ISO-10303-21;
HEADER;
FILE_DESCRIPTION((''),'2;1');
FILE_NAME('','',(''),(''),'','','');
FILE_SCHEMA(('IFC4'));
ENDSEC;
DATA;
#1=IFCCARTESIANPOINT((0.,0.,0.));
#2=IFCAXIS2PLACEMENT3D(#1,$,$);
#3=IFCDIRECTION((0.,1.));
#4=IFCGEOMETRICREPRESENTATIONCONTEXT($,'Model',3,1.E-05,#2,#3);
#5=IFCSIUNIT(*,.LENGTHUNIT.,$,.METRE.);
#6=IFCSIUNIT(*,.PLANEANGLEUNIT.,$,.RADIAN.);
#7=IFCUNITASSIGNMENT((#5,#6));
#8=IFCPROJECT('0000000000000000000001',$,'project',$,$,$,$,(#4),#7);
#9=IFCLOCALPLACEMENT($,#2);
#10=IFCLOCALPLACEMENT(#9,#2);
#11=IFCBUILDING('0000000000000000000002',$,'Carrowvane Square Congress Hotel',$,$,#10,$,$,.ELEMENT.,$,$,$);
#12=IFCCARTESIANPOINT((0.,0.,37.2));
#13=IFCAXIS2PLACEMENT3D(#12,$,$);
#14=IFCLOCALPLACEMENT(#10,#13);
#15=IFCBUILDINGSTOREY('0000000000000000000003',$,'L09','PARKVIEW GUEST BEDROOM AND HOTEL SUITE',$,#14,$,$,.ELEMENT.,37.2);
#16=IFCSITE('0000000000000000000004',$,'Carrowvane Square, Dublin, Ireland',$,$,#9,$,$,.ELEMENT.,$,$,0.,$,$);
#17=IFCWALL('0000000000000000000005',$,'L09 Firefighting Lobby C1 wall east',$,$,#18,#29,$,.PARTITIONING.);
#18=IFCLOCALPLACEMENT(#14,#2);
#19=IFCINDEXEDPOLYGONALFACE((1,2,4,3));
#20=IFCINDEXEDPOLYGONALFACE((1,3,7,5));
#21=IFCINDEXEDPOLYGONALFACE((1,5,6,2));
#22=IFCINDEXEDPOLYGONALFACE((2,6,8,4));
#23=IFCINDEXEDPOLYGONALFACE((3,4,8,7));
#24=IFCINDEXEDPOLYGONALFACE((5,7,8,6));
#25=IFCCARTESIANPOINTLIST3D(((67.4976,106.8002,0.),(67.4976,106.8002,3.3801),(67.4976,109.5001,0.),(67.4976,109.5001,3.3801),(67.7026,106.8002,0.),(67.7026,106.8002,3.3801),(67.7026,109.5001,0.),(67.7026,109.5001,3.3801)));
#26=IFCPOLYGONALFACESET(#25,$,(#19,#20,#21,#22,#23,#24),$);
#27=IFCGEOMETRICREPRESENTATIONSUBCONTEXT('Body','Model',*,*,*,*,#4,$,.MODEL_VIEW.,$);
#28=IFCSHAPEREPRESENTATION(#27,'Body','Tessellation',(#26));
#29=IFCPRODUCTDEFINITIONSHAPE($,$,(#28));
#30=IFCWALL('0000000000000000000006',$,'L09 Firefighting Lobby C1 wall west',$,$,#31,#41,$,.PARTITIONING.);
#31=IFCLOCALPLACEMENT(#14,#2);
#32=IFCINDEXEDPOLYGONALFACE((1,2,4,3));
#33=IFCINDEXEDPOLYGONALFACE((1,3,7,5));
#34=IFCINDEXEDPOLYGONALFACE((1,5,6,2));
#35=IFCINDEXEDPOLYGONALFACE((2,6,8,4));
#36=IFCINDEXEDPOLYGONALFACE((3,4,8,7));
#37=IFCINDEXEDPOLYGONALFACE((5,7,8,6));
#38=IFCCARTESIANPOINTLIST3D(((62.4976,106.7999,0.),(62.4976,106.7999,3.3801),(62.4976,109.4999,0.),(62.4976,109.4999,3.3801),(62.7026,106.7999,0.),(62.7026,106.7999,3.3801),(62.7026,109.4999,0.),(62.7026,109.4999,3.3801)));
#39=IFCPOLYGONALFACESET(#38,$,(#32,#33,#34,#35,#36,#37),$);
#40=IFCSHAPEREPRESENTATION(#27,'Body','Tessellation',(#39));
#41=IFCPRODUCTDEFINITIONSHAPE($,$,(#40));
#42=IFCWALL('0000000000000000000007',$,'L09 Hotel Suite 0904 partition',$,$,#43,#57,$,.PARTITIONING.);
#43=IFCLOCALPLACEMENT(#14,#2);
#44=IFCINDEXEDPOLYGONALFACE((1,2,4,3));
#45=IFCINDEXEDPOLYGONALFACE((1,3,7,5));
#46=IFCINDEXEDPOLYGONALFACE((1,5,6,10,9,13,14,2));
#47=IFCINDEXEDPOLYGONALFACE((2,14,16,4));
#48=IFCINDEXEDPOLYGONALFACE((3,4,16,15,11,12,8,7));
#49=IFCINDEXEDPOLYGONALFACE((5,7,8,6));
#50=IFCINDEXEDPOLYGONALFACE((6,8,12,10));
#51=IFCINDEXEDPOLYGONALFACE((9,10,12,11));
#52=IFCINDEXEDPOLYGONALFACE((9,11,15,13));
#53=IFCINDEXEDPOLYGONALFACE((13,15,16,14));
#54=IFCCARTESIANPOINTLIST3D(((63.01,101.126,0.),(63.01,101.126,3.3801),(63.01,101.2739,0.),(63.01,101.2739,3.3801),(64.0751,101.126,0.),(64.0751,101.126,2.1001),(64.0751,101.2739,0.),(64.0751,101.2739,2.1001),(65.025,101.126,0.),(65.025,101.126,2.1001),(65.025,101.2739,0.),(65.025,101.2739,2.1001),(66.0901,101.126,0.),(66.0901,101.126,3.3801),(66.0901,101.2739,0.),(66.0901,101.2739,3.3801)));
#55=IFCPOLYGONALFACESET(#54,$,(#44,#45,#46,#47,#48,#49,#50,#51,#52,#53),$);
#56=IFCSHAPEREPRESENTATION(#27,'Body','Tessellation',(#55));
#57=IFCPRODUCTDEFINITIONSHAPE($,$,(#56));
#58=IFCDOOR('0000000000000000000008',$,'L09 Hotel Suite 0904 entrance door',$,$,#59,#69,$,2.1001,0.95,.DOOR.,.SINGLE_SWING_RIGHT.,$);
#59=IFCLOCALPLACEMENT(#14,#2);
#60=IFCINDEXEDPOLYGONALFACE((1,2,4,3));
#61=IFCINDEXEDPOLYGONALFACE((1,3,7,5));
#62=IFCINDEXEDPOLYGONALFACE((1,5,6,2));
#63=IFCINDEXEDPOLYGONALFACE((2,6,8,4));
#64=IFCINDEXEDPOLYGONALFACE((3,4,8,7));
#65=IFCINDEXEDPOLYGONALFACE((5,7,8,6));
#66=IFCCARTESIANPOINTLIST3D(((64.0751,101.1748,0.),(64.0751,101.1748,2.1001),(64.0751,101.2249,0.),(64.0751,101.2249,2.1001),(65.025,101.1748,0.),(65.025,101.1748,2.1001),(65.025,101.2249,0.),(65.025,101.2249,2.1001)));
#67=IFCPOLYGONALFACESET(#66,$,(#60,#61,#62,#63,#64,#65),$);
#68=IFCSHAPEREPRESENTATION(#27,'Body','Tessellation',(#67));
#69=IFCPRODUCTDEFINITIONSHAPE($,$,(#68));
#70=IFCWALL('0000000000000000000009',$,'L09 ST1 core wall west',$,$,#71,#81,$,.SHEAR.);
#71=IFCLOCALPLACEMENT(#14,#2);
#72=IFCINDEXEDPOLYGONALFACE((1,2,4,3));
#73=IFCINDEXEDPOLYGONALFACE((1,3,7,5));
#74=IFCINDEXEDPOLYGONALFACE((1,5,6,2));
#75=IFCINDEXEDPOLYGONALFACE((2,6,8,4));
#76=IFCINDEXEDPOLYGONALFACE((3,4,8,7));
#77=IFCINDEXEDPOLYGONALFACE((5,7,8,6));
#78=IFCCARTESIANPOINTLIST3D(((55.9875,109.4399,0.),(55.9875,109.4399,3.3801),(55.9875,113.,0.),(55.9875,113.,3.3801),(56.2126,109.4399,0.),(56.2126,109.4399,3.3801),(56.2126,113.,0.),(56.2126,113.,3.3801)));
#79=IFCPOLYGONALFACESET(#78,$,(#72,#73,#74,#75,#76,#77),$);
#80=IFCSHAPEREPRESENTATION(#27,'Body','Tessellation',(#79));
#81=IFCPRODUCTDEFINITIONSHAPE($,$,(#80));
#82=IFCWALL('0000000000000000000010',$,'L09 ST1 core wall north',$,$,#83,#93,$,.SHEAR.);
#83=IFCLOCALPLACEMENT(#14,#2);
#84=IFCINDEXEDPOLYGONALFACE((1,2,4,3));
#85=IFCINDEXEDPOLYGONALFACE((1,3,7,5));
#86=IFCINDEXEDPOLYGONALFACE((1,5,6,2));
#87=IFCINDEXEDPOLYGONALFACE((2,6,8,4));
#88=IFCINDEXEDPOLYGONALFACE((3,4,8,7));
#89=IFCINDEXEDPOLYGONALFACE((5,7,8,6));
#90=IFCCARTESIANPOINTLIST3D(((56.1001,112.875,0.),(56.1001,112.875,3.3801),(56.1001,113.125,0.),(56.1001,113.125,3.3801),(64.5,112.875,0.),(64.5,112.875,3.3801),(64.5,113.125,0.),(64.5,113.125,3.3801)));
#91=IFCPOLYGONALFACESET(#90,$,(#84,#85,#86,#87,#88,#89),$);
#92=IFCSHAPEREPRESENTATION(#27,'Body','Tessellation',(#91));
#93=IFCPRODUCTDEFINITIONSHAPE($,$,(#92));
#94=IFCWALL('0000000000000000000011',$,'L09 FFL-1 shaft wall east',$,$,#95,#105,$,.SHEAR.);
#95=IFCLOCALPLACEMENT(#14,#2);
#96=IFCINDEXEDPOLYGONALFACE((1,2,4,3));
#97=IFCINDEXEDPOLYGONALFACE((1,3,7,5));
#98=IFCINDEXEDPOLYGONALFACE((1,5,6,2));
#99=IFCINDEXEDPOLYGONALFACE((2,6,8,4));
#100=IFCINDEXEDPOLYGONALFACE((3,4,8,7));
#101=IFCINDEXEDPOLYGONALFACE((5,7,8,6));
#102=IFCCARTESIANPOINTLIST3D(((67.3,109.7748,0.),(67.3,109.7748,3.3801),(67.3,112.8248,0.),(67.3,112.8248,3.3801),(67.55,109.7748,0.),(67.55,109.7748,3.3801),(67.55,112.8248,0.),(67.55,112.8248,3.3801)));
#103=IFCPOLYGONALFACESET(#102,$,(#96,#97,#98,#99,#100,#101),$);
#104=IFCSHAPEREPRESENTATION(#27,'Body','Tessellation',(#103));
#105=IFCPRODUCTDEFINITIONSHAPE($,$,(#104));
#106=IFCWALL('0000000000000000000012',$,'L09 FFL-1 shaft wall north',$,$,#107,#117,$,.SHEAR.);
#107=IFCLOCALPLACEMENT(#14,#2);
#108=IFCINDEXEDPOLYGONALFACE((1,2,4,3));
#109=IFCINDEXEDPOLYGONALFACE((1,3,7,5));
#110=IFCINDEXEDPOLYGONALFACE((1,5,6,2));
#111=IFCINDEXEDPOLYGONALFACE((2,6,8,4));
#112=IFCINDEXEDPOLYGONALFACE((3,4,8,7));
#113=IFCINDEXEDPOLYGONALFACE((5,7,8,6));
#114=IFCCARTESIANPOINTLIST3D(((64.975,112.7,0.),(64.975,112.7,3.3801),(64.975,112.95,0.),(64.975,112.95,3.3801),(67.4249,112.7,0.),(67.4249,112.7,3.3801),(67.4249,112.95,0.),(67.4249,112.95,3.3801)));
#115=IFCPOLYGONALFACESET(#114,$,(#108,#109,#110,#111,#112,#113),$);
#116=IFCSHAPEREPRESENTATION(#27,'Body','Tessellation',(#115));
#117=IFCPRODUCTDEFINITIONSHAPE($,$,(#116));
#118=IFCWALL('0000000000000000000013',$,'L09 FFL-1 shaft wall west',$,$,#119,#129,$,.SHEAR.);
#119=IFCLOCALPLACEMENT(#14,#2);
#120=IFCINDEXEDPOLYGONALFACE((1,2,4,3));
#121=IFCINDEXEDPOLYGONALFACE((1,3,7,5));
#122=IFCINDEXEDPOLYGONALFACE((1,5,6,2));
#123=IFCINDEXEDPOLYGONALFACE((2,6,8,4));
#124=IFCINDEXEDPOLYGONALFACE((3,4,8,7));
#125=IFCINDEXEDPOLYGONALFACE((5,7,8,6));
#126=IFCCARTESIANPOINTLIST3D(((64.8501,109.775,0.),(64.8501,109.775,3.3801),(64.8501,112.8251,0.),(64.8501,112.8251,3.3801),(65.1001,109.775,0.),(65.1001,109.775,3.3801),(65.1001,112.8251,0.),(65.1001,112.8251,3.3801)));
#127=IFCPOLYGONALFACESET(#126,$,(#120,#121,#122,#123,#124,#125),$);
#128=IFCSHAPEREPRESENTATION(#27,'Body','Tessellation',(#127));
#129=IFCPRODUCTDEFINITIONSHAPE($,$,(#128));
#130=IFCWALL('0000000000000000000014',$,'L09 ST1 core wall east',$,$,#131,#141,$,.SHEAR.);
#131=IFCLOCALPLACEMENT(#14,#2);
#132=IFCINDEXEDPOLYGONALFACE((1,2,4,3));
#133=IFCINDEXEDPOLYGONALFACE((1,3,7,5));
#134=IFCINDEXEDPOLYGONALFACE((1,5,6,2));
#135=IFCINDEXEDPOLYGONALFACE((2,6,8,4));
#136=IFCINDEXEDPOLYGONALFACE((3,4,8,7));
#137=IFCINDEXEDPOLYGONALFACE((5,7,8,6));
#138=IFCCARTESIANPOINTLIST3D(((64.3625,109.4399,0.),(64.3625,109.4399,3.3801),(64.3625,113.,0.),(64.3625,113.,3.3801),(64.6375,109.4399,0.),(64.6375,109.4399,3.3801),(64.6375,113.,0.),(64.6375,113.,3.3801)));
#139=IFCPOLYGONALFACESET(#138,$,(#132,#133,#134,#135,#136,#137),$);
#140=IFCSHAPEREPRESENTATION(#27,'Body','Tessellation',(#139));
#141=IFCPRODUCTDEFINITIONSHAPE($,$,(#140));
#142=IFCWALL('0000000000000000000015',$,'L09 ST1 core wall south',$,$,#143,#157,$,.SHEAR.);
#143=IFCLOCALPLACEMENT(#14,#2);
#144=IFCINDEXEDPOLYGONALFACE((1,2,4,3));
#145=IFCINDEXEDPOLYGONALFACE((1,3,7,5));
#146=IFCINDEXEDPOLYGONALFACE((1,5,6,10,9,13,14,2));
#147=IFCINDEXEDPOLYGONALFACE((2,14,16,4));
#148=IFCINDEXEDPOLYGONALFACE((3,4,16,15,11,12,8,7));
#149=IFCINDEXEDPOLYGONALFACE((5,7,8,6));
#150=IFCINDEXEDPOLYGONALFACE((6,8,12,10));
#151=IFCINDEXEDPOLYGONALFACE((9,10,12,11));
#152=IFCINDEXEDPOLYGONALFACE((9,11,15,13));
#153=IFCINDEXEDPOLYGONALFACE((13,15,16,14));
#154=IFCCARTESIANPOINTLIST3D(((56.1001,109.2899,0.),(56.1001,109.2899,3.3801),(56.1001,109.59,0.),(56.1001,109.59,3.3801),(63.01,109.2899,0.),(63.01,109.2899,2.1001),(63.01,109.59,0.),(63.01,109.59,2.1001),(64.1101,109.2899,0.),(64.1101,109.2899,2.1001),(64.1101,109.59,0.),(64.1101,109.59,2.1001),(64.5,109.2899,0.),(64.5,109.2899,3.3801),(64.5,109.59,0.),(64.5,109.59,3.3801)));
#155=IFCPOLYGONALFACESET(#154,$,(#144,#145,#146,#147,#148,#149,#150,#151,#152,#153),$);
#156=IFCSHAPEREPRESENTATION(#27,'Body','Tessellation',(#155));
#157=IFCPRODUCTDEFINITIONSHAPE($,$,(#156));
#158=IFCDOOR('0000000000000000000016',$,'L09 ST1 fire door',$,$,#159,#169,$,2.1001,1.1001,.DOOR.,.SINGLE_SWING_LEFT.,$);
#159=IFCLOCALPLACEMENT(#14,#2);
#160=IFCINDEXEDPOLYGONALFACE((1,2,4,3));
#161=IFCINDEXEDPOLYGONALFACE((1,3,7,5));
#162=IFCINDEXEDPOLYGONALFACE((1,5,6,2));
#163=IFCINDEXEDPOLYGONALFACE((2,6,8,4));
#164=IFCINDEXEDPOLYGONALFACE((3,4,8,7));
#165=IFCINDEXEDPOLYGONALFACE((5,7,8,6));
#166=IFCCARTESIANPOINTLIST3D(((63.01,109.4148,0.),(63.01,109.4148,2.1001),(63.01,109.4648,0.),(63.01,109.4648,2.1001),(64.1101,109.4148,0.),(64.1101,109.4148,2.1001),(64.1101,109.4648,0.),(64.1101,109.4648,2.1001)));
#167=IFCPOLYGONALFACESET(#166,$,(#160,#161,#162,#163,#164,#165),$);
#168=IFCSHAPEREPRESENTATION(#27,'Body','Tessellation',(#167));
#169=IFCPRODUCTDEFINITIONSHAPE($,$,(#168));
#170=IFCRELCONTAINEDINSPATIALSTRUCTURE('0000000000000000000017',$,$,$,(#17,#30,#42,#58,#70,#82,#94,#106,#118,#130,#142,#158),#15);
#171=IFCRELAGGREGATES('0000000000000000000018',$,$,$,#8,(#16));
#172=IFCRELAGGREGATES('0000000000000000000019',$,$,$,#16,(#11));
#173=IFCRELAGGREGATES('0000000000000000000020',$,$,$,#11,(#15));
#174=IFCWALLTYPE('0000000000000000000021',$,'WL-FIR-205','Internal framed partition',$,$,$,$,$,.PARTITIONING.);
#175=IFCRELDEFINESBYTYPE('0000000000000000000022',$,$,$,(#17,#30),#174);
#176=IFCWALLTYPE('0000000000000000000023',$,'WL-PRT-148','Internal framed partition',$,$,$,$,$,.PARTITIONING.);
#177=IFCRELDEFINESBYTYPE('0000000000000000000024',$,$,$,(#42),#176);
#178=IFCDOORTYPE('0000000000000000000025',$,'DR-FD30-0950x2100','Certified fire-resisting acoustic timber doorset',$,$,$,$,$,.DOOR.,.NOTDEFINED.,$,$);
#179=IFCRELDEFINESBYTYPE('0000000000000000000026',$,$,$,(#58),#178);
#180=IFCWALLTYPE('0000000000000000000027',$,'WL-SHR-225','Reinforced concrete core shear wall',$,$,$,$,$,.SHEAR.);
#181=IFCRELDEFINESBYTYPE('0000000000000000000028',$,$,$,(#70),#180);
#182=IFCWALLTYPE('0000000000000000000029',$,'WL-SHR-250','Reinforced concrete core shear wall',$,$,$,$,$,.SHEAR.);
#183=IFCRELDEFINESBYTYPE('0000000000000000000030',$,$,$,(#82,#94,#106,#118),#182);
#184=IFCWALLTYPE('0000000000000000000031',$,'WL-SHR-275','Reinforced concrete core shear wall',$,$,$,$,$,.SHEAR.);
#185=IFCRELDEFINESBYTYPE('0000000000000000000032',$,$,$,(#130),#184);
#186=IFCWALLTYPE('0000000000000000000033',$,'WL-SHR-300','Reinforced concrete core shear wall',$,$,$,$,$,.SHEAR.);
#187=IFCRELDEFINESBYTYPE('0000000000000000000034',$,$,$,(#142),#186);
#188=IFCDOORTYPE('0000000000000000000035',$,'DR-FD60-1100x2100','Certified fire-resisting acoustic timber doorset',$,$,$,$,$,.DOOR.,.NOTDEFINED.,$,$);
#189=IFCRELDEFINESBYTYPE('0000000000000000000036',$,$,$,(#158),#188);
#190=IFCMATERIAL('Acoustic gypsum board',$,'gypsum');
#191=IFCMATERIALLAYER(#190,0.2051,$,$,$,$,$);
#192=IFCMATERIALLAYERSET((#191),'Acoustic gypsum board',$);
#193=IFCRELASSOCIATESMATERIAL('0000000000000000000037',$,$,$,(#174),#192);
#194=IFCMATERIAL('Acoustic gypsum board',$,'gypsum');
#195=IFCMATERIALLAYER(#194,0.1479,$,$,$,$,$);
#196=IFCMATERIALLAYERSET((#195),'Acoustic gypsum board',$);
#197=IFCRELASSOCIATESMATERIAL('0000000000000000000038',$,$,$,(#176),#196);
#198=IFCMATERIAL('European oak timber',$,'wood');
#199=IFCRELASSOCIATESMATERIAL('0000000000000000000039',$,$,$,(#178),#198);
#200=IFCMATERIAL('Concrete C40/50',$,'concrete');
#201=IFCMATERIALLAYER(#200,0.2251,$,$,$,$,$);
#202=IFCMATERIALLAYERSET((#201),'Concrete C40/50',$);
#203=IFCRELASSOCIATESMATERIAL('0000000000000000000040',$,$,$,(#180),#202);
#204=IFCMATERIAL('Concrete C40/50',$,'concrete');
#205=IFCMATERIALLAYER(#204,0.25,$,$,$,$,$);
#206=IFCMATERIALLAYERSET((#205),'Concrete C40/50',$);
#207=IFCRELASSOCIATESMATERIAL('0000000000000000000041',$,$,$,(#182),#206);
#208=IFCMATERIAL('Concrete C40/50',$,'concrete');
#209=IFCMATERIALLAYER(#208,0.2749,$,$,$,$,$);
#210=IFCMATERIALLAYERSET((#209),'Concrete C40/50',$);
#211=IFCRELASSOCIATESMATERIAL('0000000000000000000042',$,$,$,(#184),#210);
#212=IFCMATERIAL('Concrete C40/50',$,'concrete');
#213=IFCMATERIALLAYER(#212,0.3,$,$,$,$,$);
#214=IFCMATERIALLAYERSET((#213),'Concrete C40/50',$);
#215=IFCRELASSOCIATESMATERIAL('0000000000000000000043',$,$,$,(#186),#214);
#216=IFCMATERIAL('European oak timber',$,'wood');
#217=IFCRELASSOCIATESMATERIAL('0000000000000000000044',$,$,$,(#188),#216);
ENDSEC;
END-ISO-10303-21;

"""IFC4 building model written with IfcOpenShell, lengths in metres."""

from ifc_helpers import new_model, si_unit, direction, frame, frame_2d, origin, place, context, subcontext, project, spatial, rectangle, extrude, material, layer, layer_set, type_object, element, fill, save


model = new_model("IFC4")

# Units and contexts
model_context = context("Model", 3, precision=1e-05, world=origin(), true_north=direction((0.0, 1.0)))
body_context = subcontext(model_context, "Body", "Model", "MODEL_VIEW")
ifc_project = project(units=[si_unit("LENGTHUNIT", "METRE"), si_unit("PLANEANGLEUNIT", "RADIAN")], contexts=[model_context])

# Site, building, storey
site_placement = place(None, origin())
site = spatial("IfcSite", under=ifc_project, at=site_placement, Name="Carrowvane Square, Dublin, Ireland", CompositionType="ELEMENT", RefElevation=0.0)
building_placement = place(site_placement, origin())
building = spatial("IfcBuilding", under=site, at=building_placement, Name="Carrowvane Square Congress Hotel", CompositionType="ELEMENT")
storey_placement = place(building_placement, frame((0.0, 0.0, 37.2)))
storey = spatial("IfcBuildingStorey", under=building, at=storey_placement, Name="L09", Description="PARKVIEW GUEST BEDROOM AND HOTEL SUITE", CompositionType="ELEMENT", Elevation=37.2)

# Shared definitions
ifc_material_1 = material(Name="Acoustic gypsum board", Category="gypsum")
ifc_layer_1 = layer(ifc_material_1, 0.2051)
ifc_layer_set_1 = layer_set([ifc_layer_1], Name="Acoustic gypsum board")
wall_type_1 = type_object("IfcWallType", Name="WL-FIR-205", Description="Internal framed partition", PredefinedType="PARTITIONING", material=ifc_layer_set_1)

# Walls
for number, where, z_axis, x_axis, name in (
    (1, (67.6001, 106.8, 0.0), (0.0, 0.0, 1.0), (0.0, 1.0, 0.0), "L09 Firefighting Lobby C1 wall east"),
    (2, (62.6001, 109.5, 0.0), (0.0, 0.0, 1.0), (0.0, -1.0, 0.0), "L09 Firefighting Lobby C1 wall west"),
):
    element("IfcWall", number, at=place(storey_placement, frame(where, z_axis=z_axis, x_axis=x_axis)), inside=storey, type_object=wall_type_1, Name=name, PredefinedType="PARTITIONING", context=body_context, shape_type="SweptSolid", body=[
        extrude(rectangle(XDim=2.7, YDim=0.2051, at=frame_2d((1.3501, 0.0))), origin(), (0.0, 0.0, 1.0), 3.3801),
    ])

# Wall, opening, door
ifc_material_2 = material(Name="Acoustic gypsum board", Category="gypsum")
ifc_layer_2 = layer(ifc_material_2, 0.1479)
ifc_layer_set_2 = layer_set([ifc_layer_2], Name="Acoustic gypsum board")
wall_type_2 = type_object("IfcWallType", Name="WL-PRT-148", Description="Internal framed partition", PredefinedType="PARTITIONING", material=ifc_layer_set_2)
wall_1_placement = place(storey_placement, frame((63.01, 101.2, 0.0), z_axis=(0.0, 0.0, 1.0), x_axis=(1.0, 0.0, 0.0)))
wall_1 = element("IfcWall", 3, at=wall_1_placement, inside=storey, type_object=wall_type_2, Name="L09 Hotel Suite 0904 partition", PredefinedType="PARTITIONING", context=body_context, shape_type="SweptSolid", body=[
    extrude(rectangle(XDim=3.0801, YDim=0.1479, at=frame_2d((1.54, 0.0))), origin(), (0.0, 0.0, 1.0), 3.3801),
])
opening_1_placement = place(wall_1_placement, frame((1.0649, 0.0, 0.0)))
opening_1 = element("IfcOpeningElement", 4, at=opening_1_placement, cuts=wall_1, PredefinedType="OPENING", context=body_context, shape_type="SweptSolid", body=[
    extrude(rectangle(XDim=0.95, YDim=2.1001, at=frame_2d((0.4751, 1.05))), frame((0.0, 0.084, 0.0), z_axis=(0.0, -1.0, 0.0), x_axis=(1.0, 0.0, 0.0)), (0.0, 0.0, 1.0), 0.168),
])
ifc_material_3 = material(Name="European oak timber", Category="wood")
door_type_1 = type_object("IfcDoorType", Name="DR-FD30-0950x2100", Description="Certified fire-resisting acoustic timber doorset", OperationType="NOTDEFINED", PredefinedType="DOOR", material=ifc_material_3)
door_1_placement = place(opening_1_placement, origin())
door_1 = element("IfcDoor", 5, at=door_1_placement, inside=storey, type_object=door_type_1, Name="L09 Hotel Suite 0904 entrance door", OperationType="SINGLE_SWING_RIGHT", OverallHeight=2.1001, OverallWidth=0.95, PredefinedType="DOOR", context=body_context, shape_type="SweptSolid", body=[
    extrude(rectangle(XDim=0.95, YDim=2.1001, at=frame_2d((0.4751, 1.05))), frame((0.0, 0.0249, 0.0), z_axis=(0.0, -1.0, 0.0), x_axis=(1.0, 0.0, 0.0)), (0.0, 0.0, 1.0), 0.05),
])
fill(opening_1, door_1)

# Walls
ifc_material_4 = material(Name="Concrete C40/50", Category="concrete")
ifc_layer_3 = layer(ifc_material_4, 0.2251)
ifc_layer_set_3 = layer_set([ifc_layer_3], Name="Concrete C40/50")
wall_type_3 = type_object("IfcWallType", Name="WL-SHR-225", Description="Reinforced concrete core shear wall", PredefinedType="SHEAR", material=ifc_layer_set_3)
wall_2_placement = place(storey_placement, frame((56.1001, 113.0, 0.0), z_axis=(0.0, 0.0, 1.0), x_axis=(0.0, -1.0, 0.0)))
element("IfcWall", 6, at=wall_2_placement, inside=storey, type_object=wall_type_3, Name="L09 ST1 core wall west", PredefinedType="SHEAR", context=body_context, shape_type="SweptSolid", body=[
    extrude(rectangle(XDim=3.5601, YDim=0.2251, at=frame_2d((1.78, 0.0))), origin(), (0.0, 0.0, 1.0), 3.3801),
])
ifc_material_5 = material(Name="Concrete C40/50", Category="concrete")
ifc_layer_4 = layer(ifc_material_5, 0.25)
ifc_layer_set_4 = layer_set([ifc_layer_4], Name="Concrete C40/50")
wall_type_4 = type_object("IfcWallType", Name="WL-SHR-250", Description="Reinforced concrete core shear wall", PredefinedType="SHEAR", material=ifc_layer_set_4)
wall_3_placement = place(storey_placement, frame((64.5, 113.0, 0.0), z_axis=(0.0, 0.0, 1.0), x_axis=(-1.0, 0.0, 0.0)))
element("IfcWall", 7, at=wall_3_placement, inside=storey, type_object=wall_type_4, Name="L09 ST1 core wall north", PredefinedType="SHEAR", context=body_context, shape_type="SweptSolid", body=[
    extrude(rectangle(XDim=8.3999, YDim=0.25, at=frame_2d((4.2, 0.0))), origin(), (0.0, 0.0, 1.0), 3.3801),
])

# Walls
wall_4_placement = place(storey_placement, frame((67.425, 109.7749, 0.0), z_axis=(0.0, 0.0, 1.0), x_axis=(0.0, 1.0, 0.0)))
element("IfcWall", 8, at=wall_4_placement, inside=storey, type_object=wall_type_4, Name="L09 FFL-1 shaft wall east", PredefinedType="SHEAR", context=body_context, shape_type="SweptSolid", body=[
    extrude(rectangle(XDim=3.05, YDim=0.25, at=frame_2d((1.5249, 0.0))), origin(), (0.0, 0.0, 1.0), 3.3801),
])
wall_5_placement = place(storey_placement, frame((67.425, 112.825, 0.0), z_axis=(0.0, 0.0, 1.0), x_axis=(-1.0, 0.0, 0.0)))
element("IfcWall", 9, at=wall_5_placement, inside=storey, type_object=wall_type_4, Name="L09 FFL-1 shaft wall north", PredefinedType="SHEAR", context=body_context, shape_type="SweptSolid", body=[
    extrude(rectangle(XDim=2.45, YDim=0.25, at=frame_2d((1.2251, 0.0))), origin(), (0.0, 0.0, 1.0), 3.3801),
])
wall_6_placement = place(storey_placement, frame((64.9751, 112.825, 0.0), z_axis=(0.0, 0.0, 1.0), x_axis=(0.0, -1.0, 0.0)))
element("IfcWall", 10, at=wall_6_placement, inside=storey, type_object=wall_type_4, Name="L09 FFL-1 shaft wall west", PredefinedType="SHEAR", context=body_context, shape_type="SweptSolid", body=[
    extrude(rectangle(XDim=3.05, YDim=0.25, at=frame_2d((1.5249, 0.0))), origin(), (0.0, 0.0, 1.0), 3.3801),
])
ifc_material_6 = material(Name="Concrete C40/50", Category="concrete")
ifc_layer_5 = layer(ifc_material_6, 0.2749)
ifc_layer_set_5 = layer_set([ifc_layer_5], Name="Concrete C40/50")
wall_type_5 = type_object("IfcWallType", Name="WL-SHR-275", Description="Reinforced concrete core shear wall", PredefinedType="SHEAR", material=ifc_layer_set_5)
wall_7_placement = place(storey_placement, frame((64.5, 109.4399, 0.0), z_axis=(0.0, 0.0, 1.0), x_axis=(0.0, 1.0, 0.0)))
element("IfcWall", 11, at=wall_7_placement, inside=storey, type_object=wall_type_5, Name="L09 ST1 core wall east", PredefinedType="SHEAR", context=body_context, shape_type="SweptSolid", body=[
    extrude(rectangle(XDim=3.5601, YDim=0.2749, at=frame_2d((1.78, 0.0))), origin(), (0.0, 0.0, 1.0), 3.3801),
])

# Wall, opening, door
ifc_material_7 = material(Name="Concrete C40/50", Category="concrete")
ifc_layer_6 = layer(ifc_material_7, 0.3)
ifc_layer_set_6 = layer_set([ifc_layer_6], Name="Concrete C40/50")
wall_type_6 = type_object("IfcWallType", Name="WL-SHR-300", Description="Reinforced concrete core shear wall", PredefinedType="SHEAR", material=ifc_layer_set_6)
wall_8_placement = place(storey_placement, frame((56.1001, 109.4399, 0.0), z_axis=(0.0, 0.0, 1.0), x_axis=(1.0, 0.0, 0.0)))
wall_8 = element("IfcWall", 12, at=wall_8_placement, inside=storey, type_object=wall_type_6, Name="L09 ST1 core wall south", PredefinedType="SHEAR", context=body_context, shape_type="SweptSolid", body=[
    extrude(rectangle(XDim=8.3999, YDim=0.3, at=frame_2d((4.2, 0.0))), origin(), (0.0, 0.0, 1.0), 3.3801),
])
opening_2_placement = place(wall_8_placement, frame((6.9099, 0.0, 0.0)))
opening_2 = element("IfcOpeningElement", 13, at=opening_2_placement, cuts=wall_8, PredefinedType="OPENING", context=body_context, shape_type="SweptSolid", body=[
    extrude(rectangle(XDim=1.1001, YDim=2.1001, at=frame_2d((0.55, 1.05))), frame((0.0, 0.1599, 0.0), z_axis=(0.0, -1.0, 0.0), x_axis=(1.0, 0.0, 0.0)), (0.0, 0.0, 1.0), 0.3201),
])
ifc_material_8 = material(Name="European oak timber", Category="wood")
door_type_2 = type_object("IfcDoorType", Name="DR-FD60-1100x2100", Description="Certified fire-resisting acoustic timber doorset", OperationType="NOTDEFINED", PredefinedType="DOOR", material=ifc_material_8)
door_2_placement = place(opening_2_placement, origin())
door_2 = element("IfcDoor", 14, at=door_2_placement, inside=storey, type_object=door_type_2, Name="L09 ST1 fire door", OperationType="SINGLE_SWING_LEFT", OverallHeight=2.1001, OverallWidth=1.1001, PredefinedType="DOOR", context=body_context, shape_type="SweptSolid", body=[
    extrude(rectangle(XDim=1.1001, YDim=2.1001, at=frame_2d((0.55, 1.05))), frame((0.0, 0.0249, 0.0), z_axis=(0.0, -1.0, 0.0), x_axis=(1.0, 0.0, 0.0)), (0.0, 0.0, 1.0), 0.05),
])
fill(opening_2, door_2)

save(model, "model.ifc")
